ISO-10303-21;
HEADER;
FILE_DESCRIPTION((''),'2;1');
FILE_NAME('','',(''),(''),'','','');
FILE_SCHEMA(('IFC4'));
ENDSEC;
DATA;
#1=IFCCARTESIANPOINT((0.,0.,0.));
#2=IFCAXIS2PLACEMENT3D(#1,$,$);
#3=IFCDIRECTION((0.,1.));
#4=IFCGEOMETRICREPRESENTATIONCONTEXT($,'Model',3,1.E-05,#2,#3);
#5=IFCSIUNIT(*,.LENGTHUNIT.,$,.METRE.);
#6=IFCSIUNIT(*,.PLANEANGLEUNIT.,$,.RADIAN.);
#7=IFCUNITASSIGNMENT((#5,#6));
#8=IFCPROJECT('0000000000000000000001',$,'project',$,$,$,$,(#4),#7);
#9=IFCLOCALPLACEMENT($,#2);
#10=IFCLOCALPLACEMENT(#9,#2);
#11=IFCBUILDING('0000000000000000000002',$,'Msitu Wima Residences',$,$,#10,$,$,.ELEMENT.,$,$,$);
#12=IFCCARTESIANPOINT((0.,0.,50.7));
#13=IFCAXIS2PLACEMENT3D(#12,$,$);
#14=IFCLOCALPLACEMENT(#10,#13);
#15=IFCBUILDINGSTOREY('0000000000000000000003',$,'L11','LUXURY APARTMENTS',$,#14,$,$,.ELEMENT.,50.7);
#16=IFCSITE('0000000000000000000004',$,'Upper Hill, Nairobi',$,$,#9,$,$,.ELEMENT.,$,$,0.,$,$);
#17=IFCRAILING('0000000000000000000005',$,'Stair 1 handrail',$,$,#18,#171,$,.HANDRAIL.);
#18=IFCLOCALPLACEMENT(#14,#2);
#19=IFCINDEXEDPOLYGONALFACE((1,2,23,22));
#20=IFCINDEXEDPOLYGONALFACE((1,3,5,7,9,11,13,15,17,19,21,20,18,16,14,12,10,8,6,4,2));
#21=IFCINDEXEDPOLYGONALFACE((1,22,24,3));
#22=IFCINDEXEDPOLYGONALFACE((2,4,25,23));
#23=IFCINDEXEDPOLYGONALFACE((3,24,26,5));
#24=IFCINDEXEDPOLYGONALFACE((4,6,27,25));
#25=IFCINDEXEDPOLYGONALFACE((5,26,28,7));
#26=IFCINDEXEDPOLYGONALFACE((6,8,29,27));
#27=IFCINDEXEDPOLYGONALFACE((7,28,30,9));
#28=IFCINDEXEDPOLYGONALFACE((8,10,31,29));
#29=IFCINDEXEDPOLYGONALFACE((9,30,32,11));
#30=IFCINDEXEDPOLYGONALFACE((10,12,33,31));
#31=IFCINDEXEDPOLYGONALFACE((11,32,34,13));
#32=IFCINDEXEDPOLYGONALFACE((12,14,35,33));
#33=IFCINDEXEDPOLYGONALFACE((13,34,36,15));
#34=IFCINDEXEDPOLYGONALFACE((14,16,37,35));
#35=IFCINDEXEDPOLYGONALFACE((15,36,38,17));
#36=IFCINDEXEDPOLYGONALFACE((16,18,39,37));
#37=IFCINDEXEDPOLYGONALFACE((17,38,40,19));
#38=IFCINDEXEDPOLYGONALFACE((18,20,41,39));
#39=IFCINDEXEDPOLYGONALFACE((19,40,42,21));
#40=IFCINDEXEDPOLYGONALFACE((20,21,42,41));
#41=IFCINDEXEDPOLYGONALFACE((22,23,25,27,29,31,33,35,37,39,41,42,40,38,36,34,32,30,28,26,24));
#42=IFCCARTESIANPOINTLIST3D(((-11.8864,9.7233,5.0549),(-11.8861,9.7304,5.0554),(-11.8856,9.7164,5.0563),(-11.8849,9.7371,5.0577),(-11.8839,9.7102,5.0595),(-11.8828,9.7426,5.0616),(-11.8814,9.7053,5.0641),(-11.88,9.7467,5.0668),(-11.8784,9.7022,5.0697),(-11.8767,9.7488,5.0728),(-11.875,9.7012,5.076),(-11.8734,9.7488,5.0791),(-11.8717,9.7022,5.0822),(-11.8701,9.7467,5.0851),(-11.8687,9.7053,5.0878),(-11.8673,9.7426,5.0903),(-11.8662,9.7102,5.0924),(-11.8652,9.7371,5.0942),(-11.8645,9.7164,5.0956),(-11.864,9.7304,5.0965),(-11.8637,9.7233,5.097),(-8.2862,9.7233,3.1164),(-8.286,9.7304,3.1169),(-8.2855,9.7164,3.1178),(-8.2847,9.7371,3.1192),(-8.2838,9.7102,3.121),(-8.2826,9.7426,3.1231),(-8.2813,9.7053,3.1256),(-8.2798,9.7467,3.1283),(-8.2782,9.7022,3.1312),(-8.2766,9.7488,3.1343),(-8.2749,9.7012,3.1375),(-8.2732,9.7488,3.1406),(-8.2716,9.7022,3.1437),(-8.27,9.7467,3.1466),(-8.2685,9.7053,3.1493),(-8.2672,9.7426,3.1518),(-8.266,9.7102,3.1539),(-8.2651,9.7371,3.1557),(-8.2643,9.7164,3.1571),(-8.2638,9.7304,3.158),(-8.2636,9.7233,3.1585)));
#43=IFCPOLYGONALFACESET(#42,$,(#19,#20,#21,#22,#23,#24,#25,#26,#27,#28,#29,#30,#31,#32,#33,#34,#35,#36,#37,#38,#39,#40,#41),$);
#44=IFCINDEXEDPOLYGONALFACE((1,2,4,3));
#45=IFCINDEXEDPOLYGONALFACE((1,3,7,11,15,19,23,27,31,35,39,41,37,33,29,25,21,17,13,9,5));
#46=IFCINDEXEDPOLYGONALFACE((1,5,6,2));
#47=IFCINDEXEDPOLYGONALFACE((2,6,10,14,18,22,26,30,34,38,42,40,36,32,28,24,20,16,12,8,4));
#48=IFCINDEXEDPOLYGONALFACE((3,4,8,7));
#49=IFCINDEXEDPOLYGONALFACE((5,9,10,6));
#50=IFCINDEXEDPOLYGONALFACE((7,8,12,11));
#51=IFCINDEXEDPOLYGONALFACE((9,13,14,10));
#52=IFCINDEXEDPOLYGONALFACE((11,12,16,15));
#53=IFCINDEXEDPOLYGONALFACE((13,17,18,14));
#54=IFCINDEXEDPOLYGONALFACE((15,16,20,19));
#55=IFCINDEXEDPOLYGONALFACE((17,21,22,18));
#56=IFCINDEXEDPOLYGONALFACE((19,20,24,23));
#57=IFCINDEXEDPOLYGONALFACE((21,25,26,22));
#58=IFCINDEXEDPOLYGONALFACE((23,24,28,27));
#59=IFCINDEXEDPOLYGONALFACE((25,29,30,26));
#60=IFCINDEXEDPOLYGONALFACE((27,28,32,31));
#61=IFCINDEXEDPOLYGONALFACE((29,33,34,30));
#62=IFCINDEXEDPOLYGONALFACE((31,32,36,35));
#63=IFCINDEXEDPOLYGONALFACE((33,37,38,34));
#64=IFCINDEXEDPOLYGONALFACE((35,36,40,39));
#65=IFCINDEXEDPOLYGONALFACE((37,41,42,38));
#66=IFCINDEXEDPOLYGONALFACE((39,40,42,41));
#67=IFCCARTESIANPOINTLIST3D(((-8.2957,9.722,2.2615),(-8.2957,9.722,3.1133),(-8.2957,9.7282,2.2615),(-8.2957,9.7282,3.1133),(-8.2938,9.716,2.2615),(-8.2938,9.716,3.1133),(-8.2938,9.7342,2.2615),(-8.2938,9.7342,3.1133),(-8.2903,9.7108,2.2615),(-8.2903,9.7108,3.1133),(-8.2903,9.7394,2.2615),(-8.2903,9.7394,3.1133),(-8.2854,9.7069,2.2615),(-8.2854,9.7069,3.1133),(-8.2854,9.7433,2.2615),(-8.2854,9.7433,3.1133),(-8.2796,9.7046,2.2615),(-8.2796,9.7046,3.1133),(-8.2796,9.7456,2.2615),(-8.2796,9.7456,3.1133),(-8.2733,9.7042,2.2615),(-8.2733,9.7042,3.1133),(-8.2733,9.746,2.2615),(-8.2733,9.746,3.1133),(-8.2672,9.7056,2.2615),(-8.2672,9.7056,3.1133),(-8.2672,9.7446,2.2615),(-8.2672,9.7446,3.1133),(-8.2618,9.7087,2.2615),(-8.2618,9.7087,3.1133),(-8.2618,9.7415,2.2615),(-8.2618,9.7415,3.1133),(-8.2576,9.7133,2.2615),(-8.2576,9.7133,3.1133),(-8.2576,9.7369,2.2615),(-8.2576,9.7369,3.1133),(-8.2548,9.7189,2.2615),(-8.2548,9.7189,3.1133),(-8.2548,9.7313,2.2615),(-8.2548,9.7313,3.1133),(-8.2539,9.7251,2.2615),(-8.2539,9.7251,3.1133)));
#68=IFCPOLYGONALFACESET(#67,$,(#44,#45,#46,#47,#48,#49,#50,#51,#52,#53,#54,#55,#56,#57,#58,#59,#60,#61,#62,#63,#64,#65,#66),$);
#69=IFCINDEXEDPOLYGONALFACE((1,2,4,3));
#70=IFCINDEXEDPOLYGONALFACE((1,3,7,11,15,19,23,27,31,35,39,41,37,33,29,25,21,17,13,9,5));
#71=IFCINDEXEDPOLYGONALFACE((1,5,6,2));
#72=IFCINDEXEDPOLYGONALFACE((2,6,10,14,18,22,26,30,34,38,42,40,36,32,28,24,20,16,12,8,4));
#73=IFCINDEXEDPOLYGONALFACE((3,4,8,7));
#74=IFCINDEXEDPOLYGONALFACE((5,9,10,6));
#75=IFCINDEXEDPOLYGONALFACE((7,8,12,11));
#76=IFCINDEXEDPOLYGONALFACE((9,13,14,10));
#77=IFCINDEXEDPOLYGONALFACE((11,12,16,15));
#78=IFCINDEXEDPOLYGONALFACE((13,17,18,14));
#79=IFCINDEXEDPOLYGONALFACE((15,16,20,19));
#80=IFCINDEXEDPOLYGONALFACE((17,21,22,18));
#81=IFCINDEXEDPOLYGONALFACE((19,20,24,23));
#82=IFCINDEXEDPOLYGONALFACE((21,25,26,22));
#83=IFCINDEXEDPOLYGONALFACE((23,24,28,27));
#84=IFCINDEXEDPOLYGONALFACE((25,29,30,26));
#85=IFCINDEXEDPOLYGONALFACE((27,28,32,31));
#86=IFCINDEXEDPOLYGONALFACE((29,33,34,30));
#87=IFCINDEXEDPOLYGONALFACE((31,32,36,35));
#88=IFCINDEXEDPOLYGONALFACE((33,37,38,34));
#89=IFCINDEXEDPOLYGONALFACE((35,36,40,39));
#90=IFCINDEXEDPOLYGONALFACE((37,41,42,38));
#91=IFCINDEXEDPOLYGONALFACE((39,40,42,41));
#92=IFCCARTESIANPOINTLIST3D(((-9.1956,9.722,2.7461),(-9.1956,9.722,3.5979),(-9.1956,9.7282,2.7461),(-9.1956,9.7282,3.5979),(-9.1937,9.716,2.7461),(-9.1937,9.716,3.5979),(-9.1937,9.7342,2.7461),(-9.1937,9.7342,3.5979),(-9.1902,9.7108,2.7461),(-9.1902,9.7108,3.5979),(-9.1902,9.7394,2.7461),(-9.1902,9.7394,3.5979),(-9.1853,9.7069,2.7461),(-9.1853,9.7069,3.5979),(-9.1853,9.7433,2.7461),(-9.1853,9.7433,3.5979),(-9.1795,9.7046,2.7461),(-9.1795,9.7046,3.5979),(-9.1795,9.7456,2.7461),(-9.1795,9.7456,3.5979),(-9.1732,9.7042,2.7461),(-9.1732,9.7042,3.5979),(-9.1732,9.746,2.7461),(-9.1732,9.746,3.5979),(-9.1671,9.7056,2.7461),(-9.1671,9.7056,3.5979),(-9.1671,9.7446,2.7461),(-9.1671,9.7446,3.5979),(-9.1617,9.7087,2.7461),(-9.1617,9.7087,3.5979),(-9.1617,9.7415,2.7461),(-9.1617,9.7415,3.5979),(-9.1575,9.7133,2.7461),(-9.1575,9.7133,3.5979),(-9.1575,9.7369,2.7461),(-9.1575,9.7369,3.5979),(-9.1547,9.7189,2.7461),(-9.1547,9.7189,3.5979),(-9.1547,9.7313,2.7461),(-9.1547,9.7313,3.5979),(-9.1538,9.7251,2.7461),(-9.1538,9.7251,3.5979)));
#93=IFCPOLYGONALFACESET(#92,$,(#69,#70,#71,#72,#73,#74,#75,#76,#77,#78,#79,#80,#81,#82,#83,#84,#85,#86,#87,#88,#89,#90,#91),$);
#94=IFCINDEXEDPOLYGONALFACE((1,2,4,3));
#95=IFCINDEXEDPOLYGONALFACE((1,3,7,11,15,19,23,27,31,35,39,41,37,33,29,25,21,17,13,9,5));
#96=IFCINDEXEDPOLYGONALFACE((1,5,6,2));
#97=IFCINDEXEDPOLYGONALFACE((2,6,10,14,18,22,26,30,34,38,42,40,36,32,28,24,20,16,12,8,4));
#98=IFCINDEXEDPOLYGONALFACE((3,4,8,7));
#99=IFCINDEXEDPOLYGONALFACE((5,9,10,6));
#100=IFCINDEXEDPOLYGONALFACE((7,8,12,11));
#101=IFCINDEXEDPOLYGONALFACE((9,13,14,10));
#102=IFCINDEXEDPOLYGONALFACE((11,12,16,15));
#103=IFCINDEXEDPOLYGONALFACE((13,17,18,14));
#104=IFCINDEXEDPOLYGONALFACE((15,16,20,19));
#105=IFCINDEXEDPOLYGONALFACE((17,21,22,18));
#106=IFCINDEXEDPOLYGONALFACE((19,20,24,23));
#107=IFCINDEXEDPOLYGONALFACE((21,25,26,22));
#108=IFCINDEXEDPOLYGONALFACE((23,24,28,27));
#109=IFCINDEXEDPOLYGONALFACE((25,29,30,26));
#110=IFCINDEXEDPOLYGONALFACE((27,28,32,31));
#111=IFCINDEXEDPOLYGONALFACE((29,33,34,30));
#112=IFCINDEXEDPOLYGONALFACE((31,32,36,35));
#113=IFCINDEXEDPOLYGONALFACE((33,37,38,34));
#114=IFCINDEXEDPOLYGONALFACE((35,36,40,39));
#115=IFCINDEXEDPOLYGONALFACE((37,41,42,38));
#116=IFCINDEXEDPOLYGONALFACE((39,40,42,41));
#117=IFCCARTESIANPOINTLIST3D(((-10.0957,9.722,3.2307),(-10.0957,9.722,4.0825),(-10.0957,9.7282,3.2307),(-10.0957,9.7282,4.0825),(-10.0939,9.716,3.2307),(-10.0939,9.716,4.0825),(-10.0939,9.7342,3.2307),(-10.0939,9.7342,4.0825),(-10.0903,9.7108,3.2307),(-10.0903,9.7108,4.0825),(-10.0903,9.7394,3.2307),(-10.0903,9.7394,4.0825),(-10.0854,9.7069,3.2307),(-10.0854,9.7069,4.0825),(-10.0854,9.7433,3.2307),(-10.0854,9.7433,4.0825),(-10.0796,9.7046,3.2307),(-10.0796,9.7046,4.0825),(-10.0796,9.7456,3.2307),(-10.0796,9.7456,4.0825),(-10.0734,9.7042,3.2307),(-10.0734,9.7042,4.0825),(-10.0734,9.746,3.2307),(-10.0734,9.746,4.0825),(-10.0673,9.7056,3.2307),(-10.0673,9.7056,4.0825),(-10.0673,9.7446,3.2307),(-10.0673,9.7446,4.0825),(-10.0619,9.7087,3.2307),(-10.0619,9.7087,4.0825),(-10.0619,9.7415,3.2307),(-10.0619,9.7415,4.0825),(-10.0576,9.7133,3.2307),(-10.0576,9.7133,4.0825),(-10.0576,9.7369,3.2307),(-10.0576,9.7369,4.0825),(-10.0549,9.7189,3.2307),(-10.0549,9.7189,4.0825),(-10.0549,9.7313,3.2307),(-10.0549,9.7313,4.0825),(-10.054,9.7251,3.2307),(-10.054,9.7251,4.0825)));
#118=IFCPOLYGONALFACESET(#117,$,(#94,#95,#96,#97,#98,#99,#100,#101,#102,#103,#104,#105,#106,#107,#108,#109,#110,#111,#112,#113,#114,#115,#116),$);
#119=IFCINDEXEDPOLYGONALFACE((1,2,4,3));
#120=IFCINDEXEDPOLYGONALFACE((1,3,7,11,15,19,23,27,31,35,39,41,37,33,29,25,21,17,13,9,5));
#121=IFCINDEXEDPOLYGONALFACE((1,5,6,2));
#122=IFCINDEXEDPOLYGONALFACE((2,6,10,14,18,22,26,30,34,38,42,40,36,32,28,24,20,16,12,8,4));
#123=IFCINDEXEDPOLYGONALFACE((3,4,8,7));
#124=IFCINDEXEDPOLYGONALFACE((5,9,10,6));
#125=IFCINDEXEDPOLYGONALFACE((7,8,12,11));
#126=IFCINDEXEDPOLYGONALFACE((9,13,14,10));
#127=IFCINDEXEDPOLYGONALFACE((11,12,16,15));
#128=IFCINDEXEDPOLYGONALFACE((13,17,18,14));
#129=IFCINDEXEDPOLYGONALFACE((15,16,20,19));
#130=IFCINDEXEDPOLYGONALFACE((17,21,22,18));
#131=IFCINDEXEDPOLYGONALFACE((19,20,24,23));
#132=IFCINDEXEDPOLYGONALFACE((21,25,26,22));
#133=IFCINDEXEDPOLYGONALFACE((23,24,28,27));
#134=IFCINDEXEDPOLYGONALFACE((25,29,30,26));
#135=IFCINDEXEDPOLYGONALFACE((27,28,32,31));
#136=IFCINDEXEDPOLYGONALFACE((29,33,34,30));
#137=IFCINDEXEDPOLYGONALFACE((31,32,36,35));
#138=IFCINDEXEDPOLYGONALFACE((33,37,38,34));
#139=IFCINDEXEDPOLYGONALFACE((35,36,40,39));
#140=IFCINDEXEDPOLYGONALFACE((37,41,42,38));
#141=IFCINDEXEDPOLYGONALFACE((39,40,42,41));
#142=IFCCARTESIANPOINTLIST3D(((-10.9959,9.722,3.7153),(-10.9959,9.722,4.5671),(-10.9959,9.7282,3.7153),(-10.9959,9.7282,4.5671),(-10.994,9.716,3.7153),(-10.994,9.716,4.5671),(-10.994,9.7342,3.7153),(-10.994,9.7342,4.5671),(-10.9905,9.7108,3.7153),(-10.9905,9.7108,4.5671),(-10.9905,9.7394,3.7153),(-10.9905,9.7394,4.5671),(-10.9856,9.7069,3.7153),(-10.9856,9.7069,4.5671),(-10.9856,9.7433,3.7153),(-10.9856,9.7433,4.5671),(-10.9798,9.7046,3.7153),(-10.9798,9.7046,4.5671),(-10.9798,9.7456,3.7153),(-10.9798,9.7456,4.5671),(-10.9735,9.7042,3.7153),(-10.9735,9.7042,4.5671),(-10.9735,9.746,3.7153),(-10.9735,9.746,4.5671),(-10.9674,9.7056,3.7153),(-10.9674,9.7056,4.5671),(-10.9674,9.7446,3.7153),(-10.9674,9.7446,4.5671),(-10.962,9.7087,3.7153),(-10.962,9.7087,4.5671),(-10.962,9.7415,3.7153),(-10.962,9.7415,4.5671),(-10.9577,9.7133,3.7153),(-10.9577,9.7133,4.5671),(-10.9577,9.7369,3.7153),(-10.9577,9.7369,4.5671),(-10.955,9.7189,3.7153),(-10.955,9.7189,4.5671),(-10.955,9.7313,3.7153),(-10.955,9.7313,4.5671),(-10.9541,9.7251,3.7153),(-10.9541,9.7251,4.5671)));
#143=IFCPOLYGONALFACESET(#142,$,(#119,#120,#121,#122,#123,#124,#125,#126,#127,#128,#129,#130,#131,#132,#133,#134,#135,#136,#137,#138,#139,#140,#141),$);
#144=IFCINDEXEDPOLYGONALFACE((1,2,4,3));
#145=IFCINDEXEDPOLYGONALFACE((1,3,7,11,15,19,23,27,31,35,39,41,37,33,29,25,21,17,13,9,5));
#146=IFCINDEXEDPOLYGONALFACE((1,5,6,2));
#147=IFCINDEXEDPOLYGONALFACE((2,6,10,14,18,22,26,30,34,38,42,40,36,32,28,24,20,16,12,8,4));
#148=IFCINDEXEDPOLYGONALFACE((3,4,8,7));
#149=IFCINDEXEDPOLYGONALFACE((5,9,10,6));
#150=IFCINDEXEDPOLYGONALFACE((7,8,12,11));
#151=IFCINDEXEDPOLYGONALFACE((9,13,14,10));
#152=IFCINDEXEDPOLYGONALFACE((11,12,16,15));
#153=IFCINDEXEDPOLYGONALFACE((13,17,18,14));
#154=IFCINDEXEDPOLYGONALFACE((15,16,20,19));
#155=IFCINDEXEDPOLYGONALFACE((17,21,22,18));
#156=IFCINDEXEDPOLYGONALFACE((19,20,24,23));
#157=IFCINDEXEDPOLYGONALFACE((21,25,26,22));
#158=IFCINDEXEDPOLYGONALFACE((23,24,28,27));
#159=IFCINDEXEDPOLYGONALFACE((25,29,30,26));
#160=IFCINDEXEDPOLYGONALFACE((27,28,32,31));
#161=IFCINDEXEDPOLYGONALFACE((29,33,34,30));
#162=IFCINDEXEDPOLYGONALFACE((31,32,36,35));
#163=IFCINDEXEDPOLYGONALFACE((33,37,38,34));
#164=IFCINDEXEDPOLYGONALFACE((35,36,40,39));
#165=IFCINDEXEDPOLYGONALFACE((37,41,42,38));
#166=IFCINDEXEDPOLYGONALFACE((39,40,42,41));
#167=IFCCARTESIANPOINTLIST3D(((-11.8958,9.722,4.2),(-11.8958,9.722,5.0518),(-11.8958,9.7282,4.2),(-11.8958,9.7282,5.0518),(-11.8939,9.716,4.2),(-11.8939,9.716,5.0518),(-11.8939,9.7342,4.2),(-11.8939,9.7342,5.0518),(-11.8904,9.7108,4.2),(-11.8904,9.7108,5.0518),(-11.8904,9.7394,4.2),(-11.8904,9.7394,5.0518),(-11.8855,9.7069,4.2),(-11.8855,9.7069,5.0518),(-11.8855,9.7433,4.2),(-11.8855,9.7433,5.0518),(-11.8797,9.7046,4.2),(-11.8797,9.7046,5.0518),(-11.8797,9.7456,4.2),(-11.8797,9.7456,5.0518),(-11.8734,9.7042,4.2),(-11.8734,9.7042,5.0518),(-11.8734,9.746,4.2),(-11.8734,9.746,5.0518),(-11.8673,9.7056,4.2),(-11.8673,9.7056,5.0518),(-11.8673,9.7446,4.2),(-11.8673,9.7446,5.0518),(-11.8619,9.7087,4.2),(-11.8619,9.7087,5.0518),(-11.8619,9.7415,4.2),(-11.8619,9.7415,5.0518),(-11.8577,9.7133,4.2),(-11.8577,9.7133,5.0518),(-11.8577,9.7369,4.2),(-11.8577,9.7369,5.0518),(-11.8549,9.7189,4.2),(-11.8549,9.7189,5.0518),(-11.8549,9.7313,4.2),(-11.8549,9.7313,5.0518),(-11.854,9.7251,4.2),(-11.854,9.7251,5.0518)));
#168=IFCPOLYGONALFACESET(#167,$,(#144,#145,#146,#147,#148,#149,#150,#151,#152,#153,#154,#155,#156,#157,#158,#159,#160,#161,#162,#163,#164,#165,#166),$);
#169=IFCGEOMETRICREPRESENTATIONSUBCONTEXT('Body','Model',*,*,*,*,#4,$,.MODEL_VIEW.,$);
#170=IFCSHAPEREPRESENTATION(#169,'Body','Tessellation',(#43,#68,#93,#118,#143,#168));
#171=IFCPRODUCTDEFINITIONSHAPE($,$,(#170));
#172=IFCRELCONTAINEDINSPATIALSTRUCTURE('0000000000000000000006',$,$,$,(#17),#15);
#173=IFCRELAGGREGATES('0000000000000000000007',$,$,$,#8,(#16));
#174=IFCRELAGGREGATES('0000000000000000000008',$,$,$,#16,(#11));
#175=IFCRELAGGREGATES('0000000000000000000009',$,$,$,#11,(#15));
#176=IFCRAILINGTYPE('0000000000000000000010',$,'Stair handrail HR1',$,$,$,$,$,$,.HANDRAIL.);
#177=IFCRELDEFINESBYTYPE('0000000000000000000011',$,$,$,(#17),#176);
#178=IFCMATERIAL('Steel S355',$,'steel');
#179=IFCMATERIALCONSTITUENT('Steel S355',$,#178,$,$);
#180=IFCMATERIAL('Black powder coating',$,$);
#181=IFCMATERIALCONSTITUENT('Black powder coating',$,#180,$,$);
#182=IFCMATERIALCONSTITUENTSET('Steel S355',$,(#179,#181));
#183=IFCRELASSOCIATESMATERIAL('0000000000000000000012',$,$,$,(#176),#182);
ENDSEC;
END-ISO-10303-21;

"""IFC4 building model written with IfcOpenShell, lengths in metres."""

from ifc_helpers import new_model, si_unit, direction, frame, origin, origin_2d, place, context, subcontext, project, spatial, circle, extrude, material, constituent, constituent_set, type_object, element, save


model = new_model("IFC4")

# Units and contexts
model_context = context("Model", 3, precision=1e-05, world=origin(), true_north=direction((0.0, 1.0)))
body_context = subcontext(model_context, "Body", "Model", "MODEL_VIEW")
ifc_project = project(units=[si_unit("LENGTHUNIT", "METRE"), si_unit("PLANEANGLEUNIT", "RADIAN")], contexts=[model_context])

# Site, building, storey
site_placement = place(None, origin())
site = spatial("IfcSite", under=ifc_project, at=site_placement, Name="Upper Hill, Nairobi", CompositionType="ELEMENT", RefElevation=0.0)
building_placement = place(site_placement, origin())
building = spatial("IfcBuilding", under=site, at=building_placement, Name="Msitu Wima Residences", CompositionType="ELEMENT")
storey_placement = place(building_placement, frame((0.0, 0.0, 50.7)))
storey = spatial("IfcBuildingStorey", under=building, at=storey_placement, Name="L11", Description="LUXURY APARTMENTS", CompositionType="ELEMENT", Elevation=50.7)

# Railing
ifc_material_1 = material(Name="Steel S355", Category="steel")
ifc_constituent_1 = constituent(ifc_material_1, Name="Steel S355")
ifc_material_2 = material(Name="Black powder coating")
ifc_constituent_2 = constituent(ifc_material_2, Name="Black powder coating")
ifc_constituent_set = constituent_set(constituents=[ifc_constituent_1, ifc_constituent_2], Name="Steel S355")
railing_type = type_object("IfcRailingType", Name="Stair handrail HR1", PredefinedType="HANDRAIL", material=ifc_constituent_set)
for number, where, name in (
    (1, (-8.2749, 9.7251, 2.2615), "Stair 1 handrail"),
):
    element("IfcRailing", number, at=place(storey_placement, frame(where)), inside=storey, type_object=railing_type, Name=name, PredefinedType="HANDRAIL", context=body_context, shape_type="SweptSolid", body=[
        extrude(circle(Radius=0.0239, at=origin_2d()), frame((0.0, 0.0, 0.876), z_axis=(-0.880475, 0.0, 0.474093), x_axis=(0.0, -1.0, 0.0)), (0.0, 0.0, 1.0), 4.0889),
        extrude(circle(Radius=0.021, at=origin_2d()), origin(), (0.0, 0.0, 1.0), 0.8518),
        extrude(circle(Radius=0.021, at=origin_2d()), frame((-0.8999, 0.0, 0.4846)), (0.0, 0.0, 1.0), 0.8518),
        extrude(circle(Radius=0.021, at=origin_2d()), frame((-1.8, 0.0, 0.9692)), (0.0, 0.0, 1.0), 0.8518),
        extrude(circle(Radius=0.021, at=origin_2d()), frame((-2.7002, 0.0, 1.4539)), (0.0, 0.0, 1.0), 0.8518),
        extrude(circle(Radius=0.021, at=origin_2d()), frame((-3.6001, 0.0, 1.9385)), (0.0, 0.0, 1.0), 0.8518),
    ])

save(model, "model.ifc")
